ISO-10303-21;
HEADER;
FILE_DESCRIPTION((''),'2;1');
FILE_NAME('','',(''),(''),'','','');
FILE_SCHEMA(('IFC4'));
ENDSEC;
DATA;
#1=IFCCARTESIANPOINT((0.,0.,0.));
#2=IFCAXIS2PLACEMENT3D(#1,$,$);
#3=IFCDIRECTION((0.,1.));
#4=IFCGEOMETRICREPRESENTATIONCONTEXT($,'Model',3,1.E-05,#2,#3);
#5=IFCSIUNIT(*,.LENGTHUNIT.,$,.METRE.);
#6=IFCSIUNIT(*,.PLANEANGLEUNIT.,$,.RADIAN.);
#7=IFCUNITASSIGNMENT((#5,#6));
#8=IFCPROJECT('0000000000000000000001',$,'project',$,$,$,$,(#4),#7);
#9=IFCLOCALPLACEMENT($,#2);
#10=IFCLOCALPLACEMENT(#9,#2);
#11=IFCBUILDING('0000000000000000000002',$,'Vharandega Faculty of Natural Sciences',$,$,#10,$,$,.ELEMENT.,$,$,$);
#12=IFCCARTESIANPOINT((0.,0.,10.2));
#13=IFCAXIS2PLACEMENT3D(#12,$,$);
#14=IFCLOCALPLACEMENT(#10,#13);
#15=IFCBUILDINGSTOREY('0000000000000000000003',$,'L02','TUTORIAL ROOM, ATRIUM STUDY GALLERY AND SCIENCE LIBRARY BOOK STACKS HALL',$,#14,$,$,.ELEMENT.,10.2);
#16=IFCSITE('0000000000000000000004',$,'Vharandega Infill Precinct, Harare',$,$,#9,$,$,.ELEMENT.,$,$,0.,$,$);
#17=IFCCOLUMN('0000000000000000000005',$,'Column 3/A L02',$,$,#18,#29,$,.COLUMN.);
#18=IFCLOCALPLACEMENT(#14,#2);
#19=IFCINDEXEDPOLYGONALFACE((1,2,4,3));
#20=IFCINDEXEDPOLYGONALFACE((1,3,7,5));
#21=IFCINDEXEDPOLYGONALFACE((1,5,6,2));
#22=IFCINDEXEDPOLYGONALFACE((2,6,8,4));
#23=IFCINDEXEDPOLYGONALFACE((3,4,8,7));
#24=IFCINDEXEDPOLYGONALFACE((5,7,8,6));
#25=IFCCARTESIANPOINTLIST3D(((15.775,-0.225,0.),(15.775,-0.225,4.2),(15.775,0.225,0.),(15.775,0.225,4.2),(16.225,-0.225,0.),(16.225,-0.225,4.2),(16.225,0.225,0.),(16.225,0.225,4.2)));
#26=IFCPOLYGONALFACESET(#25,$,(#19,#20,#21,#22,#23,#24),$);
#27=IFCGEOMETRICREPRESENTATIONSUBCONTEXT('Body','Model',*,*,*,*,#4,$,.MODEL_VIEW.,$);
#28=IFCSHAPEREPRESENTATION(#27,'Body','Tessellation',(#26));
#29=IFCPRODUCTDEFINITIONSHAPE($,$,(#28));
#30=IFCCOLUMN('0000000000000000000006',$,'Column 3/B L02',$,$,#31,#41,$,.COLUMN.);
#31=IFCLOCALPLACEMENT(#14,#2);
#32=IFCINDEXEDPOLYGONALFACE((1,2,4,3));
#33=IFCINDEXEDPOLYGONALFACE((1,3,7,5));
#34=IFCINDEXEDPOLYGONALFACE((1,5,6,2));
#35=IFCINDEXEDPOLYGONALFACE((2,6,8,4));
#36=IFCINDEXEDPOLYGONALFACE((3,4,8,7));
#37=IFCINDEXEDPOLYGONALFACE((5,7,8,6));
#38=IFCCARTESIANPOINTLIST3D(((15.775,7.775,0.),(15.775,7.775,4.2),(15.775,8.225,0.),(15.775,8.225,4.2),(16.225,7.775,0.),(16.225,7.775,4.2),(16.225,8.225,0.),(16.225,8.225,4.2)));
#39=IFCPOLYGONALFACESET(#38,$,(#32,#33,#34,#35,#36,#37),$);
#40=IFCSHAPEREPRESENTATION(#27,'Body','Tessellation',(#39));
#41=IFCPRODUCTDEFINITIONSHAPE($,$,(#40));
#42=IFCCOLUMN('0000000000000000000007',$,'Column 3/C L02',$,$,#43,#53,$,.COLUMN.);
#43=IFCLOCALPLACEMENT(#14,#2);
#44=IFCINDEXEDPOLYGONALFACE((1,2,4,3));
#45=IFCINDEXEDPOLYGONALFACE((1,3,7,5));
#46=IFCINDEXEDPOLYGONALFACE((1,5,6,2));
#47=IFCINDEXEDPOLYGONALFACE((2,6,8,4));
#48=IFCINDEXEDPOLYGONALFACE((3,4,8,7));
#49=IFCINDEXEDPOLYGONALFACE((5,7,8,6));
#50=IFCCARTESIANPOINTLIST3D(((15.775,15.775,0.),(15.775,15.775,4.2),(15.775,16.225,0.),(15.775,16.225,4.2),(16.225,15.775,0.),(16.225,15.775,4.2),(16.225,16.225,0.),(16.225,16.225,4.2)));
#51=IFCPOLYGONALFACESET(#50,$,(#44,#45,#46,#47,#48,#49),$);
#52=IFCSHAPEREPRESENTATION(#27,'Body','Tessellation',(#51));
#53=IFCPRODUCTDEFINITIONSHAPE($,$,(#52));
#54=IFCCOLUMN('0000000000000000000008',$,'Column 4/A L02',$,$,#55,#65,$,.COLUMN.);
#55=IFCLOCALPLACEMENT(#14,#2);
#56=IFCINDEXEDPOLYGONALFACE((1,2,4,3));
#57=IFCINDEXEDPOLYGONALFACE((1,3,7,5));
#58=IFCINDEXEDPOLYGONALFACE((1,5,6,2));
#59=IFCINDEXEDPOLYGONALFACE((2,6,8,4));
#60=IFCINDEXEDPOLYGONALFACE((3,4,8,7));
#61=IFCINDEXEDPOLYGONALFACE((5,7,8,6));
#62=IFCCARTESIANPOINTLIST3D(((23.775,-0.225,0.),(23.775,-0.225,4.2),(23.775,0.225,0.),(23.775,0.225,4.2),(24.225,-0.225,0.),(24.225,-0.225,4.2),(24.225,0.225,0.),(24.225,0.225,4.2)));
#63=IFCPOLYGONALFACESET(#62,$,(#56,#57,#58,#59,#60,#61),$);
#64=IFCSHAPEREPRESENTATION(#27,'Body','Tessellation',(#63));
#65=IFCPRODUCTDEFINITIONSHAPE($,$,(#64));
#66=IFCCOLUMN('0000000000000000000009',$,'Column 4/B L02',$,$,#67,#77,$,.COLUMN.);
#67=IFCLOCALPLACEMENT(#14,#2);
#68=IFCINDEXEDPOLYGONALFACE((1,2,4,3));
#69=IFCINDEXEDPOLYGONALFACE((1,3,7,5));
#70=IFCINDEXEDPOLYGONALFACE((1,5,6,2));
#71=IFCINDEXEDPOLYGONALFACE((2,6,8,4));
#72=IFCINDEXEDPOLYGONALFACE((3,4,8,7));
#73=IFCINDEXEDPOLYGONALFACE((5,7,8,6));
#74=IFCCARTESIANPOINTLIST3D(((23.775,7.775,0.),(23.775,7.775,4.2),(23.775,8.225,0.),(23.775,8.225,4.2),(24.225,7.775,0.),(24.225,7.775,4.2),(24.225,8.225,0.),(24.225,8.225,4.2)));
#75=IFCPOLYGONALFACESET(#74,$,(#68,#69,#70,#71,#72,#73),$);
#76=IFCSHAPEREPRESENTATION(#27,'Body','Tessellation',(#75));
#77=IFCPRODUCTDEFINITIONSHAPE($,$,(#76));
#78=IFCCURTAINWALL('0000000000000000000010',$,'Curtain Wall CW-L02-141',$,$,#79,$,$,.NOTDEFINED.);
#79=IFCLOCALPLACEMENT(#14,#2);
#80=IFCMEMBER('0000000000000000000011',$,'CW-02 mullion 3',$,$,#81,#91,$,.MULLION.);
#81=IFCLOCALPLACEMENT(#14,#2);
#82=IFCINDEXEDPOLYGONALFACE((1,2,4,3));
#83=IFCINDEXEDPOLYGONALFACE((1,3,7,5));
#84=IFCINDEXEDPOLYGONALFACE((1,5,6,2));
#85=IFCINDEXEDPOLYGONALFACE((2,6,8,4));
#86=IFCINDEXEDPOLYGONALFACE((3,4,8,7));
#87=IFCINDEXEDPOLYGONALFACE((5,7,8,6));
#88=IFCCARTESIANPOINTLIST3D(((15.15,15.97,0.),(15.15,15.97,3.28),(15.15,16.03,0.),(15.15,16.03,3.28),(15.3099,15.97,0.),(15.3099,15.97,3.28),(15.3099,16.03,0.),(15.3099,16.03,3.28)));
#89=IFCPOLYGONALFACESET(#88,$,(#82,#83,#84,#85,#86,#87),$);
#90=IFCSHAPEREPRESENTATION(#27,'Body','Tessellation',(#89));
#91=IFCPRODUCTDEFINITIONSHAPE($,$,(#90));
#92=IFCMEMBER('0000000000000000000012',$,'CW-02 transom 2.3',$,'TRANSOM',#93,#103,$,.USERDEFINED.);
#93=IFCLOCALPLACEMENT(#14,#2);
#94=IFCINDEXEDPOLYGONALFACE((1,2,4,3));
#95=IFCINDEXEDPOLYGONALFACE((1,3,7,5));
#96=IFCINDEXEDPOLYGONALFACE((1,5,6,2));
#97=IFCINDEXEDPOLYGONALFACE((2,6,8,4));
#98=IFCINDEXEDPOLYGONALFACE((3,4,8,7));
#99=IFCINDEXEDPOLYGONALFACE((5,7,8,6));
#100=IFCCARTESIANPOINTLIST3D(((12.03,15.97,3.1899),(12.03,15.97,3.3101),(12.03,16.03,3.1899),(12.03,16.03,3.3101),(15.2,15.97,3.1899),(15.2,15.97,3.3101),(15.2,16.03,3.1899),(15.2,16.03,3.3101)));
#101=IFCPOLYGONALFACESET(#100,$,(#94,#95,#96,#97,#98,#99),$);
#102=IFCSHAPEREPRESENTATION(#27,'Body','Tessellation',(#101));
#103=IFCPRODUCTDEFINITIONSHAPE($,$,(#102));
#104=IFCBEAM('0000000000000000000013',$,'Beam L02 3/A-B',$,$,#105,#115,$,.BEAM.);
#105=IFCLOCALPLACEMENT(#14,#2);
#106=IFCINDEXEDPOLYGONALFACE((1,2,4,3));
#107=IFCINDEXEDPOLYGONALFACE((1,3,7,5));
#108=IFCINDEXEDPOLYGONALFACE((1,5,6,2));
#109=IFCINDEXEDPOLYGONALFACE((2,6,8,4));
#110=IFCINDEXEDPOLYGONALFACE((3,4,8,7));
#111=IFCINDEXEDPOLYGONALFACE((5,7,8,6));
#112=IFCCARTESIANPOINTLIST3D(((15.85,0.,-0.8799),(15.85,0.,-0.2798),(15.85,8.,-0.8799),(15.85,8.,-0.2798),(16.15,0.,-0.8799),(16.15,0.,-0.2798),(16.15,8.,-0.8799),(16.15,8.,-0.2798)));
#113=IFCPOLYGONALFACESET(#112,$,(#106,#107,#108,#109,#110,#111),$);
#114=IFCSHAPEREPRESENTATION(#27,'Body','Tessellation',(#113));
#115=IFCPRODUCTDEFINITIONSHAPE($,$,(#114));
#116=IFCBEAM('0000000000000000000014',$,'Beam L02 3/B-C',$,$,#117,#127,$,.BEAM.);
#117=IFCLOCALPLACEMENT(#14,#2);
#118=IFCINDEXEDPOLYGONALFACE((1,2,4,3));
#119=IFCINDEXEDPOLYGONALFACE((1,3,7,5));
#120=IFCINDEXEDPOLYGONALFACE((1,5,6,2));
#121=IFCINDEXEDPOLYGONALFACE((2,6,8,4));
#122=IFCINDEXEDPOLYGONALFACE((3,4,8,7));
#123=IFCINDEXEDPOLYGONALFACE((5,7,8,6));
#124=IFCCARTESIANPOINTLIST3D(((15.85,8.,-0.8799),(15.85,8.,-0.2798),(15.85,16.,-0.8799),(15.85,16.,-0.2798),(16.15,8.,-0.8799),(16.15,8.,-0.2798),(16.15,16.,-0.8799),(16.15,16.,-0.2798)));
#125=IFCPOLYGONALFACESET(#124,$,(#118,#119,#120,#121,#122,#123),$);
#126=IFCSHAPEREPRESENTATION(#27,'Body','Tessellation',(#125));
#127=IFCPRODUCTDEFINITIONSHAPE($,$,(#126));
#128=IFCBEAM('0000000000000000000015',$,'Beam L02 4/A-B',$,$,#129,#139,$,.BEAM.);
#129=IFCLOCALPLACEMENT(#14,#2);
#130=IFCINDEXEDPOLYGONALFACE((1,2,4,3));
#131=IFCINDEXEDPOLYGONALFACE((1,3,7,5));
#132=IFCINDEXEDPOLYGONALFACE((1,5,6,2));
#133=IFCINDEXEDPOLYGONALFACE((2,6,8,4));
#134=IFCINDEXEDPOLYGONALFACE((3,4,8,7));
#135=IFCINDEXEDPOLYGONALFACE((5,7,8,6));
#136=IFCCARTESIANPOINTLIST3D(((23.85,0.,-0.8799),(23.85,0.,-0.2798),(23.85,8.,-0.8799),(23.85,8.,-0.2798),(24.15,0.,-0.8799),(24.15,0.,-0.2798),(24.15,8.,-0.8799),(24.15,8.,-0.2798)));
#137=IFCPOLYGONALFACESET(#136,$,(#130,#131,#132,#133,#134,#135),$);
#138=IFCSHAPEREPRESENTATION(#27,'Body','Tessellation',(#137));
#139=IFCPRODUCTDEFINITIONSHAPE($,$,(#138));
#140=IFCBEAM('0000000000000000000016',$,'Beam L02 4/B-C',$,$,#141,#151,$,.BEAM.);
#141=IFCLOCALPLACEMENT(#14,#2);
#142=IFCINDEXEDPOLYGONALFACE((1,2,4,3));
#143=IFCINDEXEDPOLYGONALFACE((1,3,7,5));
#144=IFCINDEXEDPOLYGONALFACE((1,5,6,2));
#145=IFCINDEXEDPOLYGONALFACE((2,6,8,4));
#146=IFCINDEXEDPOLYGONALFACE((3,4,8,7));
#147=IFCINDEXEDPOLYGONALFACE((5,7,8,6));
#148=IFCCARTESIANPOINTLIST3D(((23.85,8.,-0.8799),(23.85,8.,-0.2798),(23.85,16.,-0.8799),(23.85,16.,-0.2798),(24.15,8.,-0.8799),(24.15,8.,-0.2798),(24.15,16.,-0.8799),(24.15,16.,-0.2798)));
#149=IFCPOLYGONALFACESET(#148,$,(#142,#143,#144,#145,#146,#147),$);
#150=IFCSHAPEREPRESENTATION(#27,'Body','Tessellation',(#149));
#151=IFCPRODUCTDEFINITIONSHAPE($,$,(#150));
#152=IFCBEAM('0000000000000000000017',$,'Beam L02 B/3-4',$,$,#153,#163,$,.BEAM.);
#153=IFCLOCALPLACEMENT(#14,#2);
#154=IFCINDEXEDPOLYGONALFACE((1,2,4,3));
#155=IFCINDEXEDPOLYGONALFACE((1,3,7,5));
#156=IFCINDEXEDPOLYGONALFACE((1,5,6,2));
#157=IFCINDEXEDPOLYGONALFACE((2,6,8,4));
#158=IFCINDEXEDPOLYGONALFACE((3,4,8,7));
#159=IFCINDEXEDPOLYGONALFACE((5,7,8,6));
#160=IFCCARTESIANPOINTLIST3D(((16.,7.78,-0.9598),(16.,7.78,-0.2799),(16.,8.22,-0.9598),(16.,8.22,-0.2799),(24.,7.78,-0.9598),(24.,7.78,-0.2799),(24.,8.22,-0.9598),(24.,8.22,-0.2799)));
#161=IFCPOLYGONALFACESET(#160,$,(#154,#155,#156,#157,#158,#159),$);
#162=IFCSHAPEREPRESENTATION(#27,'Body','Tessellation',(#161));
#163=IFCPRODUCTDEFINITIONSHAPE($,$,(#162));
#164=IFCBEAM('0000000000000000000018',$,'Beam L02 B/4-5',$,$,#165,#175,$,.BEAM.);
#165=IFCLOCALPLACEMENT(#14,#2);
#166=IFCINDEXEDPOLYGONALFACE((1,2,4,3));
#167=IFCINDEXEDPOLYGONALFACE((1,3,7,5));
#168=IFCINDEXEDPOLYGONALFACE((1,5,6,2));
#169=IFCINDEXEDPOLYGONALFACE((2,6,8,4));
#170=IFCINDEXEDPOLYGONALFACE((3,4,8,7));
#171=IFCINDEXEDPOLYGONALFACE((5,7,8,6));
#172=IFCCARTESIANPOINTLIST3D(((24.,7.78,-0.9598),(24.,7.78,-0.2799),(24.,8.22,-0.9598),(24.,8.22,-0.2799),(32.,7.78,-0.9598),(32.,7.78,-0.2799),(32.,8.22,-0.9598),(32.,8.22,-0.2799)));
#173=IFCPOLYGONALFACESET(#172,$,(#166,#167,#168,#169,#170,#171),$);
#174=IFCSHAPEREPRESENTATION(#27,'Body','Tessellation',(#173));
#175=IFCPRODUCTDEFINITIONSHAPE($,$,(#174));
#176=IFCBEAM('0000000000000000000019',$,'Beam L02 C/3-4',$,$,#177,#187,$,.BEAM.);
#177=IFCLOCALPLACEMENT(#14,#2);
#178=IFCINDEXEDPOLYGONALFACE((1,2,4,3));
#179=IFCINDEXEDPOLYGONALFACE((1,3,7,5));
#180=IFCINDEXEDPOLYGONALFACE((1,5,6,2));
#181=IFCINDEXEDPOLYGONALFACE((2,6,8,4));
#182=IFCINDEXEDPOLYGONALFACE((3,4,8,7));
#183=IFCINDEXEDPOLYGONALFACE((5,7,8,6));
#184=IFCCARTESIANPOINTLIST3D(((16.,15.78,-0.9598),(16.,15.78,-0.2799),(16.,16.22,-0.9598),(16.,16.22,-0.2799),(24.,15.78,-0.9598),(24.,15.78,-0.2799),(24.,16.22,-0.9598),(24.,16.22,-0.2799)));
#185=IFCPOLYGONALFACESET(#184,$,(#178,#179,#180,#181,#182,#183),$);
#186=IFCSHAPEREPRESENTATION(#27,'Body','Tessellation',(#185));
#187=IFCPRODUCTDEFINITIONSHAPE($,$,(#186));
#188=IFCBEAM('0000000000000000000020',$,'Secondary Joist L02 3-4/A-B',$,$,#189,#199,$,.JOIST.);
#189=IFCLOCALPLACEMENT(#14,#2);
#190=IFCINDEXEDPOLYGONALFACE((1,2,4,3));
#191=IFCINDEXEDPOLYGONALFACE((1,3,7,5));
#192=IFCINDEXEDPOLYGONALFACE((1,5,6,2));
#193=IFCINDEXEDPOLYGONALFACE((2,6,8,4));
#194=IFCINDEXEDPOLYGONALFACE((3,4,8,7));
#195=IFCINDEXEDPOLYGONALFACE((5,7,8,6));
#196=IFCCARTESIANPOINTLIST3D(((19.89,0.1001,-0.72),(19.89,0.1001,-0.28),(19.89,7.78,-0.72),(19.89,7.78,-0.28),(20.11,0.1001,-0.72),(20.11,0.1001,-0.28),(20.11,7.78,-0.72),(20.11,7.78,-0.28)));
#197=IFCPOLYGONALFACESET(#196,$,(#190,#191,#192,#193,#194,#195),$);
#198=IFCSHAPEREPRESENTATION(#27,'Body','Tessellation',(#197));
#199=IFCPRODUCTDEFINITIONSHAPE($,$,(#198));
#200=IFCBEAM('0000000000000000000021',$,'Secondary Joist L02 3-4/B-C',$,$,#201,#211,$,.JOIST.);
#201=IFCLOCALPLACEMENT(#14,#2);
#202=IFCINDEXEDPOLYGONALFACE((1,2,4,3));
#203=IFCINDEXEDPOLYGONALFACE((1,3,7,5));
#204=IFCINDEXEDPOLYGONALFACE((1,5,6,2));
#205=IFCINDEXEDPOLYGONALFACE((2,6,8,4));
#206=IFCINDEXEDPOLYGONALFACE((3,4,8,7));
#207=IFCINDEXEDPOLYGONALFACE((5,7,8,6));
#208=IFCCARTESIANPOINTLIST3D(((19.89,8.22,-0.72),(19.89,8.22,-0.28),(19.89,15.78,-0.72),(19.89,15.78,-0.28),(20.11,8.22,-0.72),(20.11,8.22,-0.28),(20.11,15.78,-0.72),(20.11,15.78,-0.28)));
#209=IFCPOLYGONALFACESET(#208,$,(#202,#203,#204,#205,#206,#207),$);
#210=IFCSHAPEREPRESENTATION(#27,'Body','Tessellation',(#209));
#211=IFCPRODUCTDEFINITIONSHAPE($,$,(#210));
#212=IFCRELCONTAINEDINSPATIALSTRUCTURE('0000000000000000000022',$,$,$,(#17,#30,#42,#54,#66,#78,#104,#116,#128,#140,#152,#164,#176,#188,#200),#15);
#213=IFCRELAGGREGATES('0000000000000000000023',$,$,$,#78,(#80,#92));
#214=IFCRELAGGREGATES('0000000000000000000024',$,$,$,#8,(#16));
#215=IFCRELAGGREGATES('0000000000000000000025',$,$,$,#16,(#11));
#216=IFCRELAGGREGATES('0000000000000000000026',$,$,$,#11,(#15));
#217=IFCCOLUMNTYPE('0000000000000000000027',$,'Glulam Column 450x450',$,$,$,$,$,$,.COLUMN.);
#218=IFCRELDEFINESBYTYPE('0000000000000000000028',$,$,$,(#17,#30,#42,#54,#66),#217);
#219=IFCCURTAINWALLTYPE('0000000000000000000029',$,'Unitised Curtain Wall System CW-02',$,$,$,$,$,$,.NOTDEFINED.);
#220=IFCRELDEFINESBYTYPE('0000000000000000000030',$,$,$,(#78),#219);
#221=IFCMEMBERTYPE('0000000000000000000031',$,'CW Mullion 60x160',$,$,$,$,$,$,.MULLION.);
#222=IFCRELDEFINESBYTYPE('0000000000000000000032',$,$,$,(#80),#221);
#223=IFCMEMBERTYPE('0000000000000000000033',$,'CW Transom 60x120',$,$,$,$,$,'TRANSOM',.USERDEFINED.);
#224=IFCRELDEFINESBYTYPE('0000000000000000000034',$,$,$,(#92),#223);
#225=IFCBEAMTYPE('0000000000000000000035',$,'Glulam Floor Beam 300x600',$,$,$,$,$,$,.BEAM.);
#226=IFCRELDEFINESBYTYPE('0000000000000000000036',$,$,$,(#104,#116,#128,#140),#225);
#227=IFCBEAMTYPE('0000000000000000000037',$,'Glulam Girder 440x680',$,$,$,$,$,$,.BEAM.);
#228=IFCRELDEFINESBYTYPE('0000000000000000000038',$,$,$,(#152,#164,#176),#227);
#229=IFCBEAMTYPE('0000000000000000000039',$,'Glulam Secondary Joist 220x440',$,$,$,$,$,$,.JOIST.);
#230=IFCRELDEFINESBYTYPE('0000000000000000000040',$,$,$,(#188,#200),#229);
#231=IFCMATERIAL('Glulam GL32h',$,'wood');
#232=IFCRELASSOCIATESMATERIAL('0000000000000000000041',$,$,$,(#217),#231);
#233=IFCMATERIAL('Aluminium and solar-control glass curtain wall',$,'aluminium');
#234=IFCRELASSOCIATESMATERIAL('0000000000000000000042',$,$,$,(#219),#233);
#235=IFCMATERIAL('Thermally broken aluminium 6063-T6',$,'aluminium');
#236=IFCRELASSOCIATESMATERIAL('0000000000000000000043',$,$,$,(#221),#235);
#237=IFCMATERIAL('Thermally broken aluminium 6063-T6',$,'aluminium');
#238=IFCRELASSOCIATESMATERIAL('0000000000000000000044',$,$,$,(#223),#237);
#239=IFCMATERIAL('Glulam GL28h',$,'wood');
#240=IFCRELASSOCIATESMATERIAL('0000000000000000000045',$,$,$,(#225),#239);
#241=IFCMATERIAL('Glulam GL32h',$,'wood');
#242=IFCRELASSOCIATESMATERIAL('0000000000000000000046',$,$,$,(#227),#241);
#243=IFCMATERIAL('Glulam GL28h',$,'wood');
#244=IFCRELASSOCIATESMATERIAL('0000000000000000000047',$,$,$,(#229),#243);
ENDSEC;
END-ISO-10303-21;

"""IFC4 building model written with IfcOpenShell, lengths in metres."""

from ifc_helpers import new_model, si_unit, direction, frame, origin, origin_2d, place, context, subcontext, project, spatial, rectangle, extrude, material, material_profile, profile_set, type_object, element, aggregate, save


model = new_model("IFC4")

# Units and contexts
model_context = context("Model", 3, precision=1e-05, world=origin(), true_north=direction((0.0, 1.0)))
body_context = subcontext(model_context, "Body", "Model", "MODEL_VIEW")
ifc_project = project(units=[si_unit("LENGTHUNIT", "METRE"), si_unit("PLANEANGLEUNIT", "RADIAN")], contexts=[model_context])

# Site, building, storey
site_placement = place(None, origin())
site = spatial("IfcSite", under=ifc_project, at=site_placement, Name="Vharandega Infill Precinct, Harare", CompositionType="ELEMENT", RefElevation=0.0)
building_placement = place(site_placement, origin())
building = spatial("IfcBuilding", under=site, at=building_placement, Name="Vharandega Faculty of Natural Sciences", CompositionType="ELEMENT")
storey_placement = place(building_placement, frame((0.0, 0.0, 10.2)))
storey = spatial("IfcBuildingStorey", under=building, at=storey_placement, Name="L02", Description="TUTORIAL ROOM, ATRIUM STUDY GALLERY AND SCIENCE LIBRARY BOOK STACKS HALL", CompositionType="ELEMENT", Elevation=10.2)

# Columns
ifc_material_1 = material(Name="Glulam GL32h", Category="wood")
ifc_material_profile_1 = material_profile(ifc_material_1, rectangle(XDim=0.45, YDim=0.45, at=origin_2d()), Name="GL32h 450x450")
ifc_profile_set_1 = profile_set([ifc_material_profile_1], Name="Glulam GL32h")
column_type = type_object("IfcColumnType", Name="Glulam Column 450x450", PredefinedType="COLUMN", material=ifc_profile_set_1)
for number, where, z_axis, x_axis, name in (
    (1, (16.0, 0.0, 0.0), (0.0, 0.0, 1.0), (1.0, 0.0, 0.0), "Column 3/A L02"),
    (2, (16.0, 8.0, 0.0), (0.0, 0.0, 1.0), (1.0, 0.0, 0.0), "Column 3/B L02"),
    (3, (16.0, 16.0, 0.0), (0.0, 0.0, 1.0), (1.0, 0.0, 0.0), "Column 3/C L02"),
    (4, (24.0, 0.0, 0.0), (0.0, 0.0, 1.0), (1.0, 0.0, 0.0), "Column 4/A L02"),
    (5, (24.0, 8.0, 0.0), (0.0, 0.0, 1.0), (1.0, 0.0, 0.0), "Column 4/B L02"),
):
    element("IfcColumn", number, at=place(storey_placement, frame(where, z_axis=z_axis, x_axis=x_axis)), inside=storey, type_object=column_type, Name=name, PredefinedType="COLUMN", context=body_context, shape_type="SweptSolid", body=[
        extrude(rectangle(XDim=0.45, YDim=0.45, at=origin_2d()), origin(), (0.0, 0.0, 1.0), 4.2),
    ])

# Curtain wall, members
ifc_material_2 = material(Name="Aluminium and solar-control glass curtain wall", Category="aluminium")
curtain_wall_type = type_object("IfcCurtainWallType", Name="Unitised Curtain Wall System CW-02", PredefinedType="NOTDEFINED", material=ifc_material_2)
curtain_wall_placement = place(storey_placement, origin())
curtain_wall = element("IfcCurtainWall", 6, at=curtain_wall_placement, inside=storey, type_object=curtain_wall_type, Name="Curtain Wall CW-L02-141", PredefinedType="NOTDEFINED")
ifc_material_3 = material(Name="Thermally broken aluminium 6063-T6", Category="aluminium")
ifc_material_profile_2 = material_profile(ifc_material_3, rectangle(XDim=0.0601, YDim=0.1599, at=origin_2d()), Name="ALU 60x160")
ifc_profile_set_2 = profile_set([ifc_material_profile_2], Name="Thermally broken aluminium 6063-T6")
member_type_1 = type_object("IfcMemberType", Name="CW Mullion 60x160", PredefinedType="MULLION", material=ifc_profile_set_2)
member_1_placement = place(storey_placement, frame((15.23, 16.0, 0.0), z_axis=(0.0, 0.0, 1.0), x_axis=(0.0, 1.0, 0.0)))
member_1 = element("IfcMember", 7, at=member_1_placement, type_object=member_type_1, Name="CW-02 mullion 3", PredefinedType="MULLION", context=body_context, shape_type="SweptSolid", body=[
    extrude(rectangle(XDim=0.0601, YDim=0.1599, at=origin_2d()), origin(), (0.0, 0.0, 1.0), 3.28),
])
ifc_material_4 = material(Name="Thermally broken aluminium 6063-T6", Category="aluminium")
ifc_material_profile_3 = material_profile(ifc_material_4, rectangle(XDim=0.0601, YDim=0.1201, at=origin_2d()), Name="ALU 60x120")
ifc_profile_set_3 = profile_set([ifc_material_profile_3], Name="Thermally broken aluminium 6063-T6")
member_type_2 = type_object("IfcMemberType", Name="CW Transom 60x120", ElementType="TRANSOM", PredefinedType="USERDEFINED", material=ifc_profile_set_3)
member_2_placement = place(storey_placement, frame((12.03, 16.0, 3.25), z_axis=(1.0, 0.0, 0.0), x_axis=(0.0, 1.0, 0.0)))
member_2 = element("IfcMember", 8, at=member_2_placement, type_object=member_type_2, Name="CW-02 transom 2.3", ObjectType="TRANSOM", PredefinedType="USERDEFINED", context=body_context, shape_type="SweptSolid", body=[
    extrude(rectangle(XDim=0.0601, YDim=0.1201, at=origin_2d()), origin(), (0.0, 0.0, 1.0), 3.1699),
])

# Beams
ifc_material_5 = material(Name="Glulam GL28h", Category="wood")
ifc_material_profile_4 = material_profile(ifc_material_5, rectangle(XDim=0.3, YDim=0.6001, at=origin_2d()), Name="GL28h 300x600")
ifc_profile_set_4 = profile_set([ifc_material_profile_4], Name="Glulam GL28h")
beam_type_1 = type_object("IfcBeamType", Name="Glulam Floor Beam 300x600", PredefinedType="BEAM", material=ifc_profile_set_4)
for number, where, z_axis, x_axis, name in (
    (9, (16.0, 0.0, -0.5798), (0.0, 1.0, 0.0), (-1.0, 0.0, 0.0), "Beam L02 3/A-B"),
    (10, (16.0, 8.0, -0.5798), (0.0, 1.0, 0.0), (-1.0, 0.0, 0.0), "Beam L02 3/B-C"),
    (11, (24.0, 0.0, -0.5798), (0.0, 1.0, 0.0), (-1.0, 0.0, 0.0), "Beam L02 4/A-B"),
    (12, (24.0, 8.0, -0.5798), (0.0, 1.0, 0.0), (-1.0, 0.0, 0.0), "Beam L02 4/B-C"),
):
    element("IfcBeam", number, at=place(storey_placement, frame(where, z_axis=z_axis, x_axis=x_axis)), inside=storey, type_object=beam_type_1, Name=name, PredefinedType="BEAM", context=body_context, shape_type="SweptSolid", body=[
        extrude(rectangle(XDim=0.3, YDim=0.6001, at=origin_2d()), origin(), (0.0, 0.0, 1.0), 8.0),
    ])
ifc_material_6 = material(Name="Glulam GL32h", Category="wood")
ifc_material_profile_5 = material_profile(ifc_material_6, rectangle(XDim=0.4399, YDim=0.6799, at=origin_2d()), Name="GL32h 440x680")
ifc_profile_set_5 = profile_set([ifc_material_profile_5], Name="Glulam GL32h")
beam_type_2 = type_object("IfcBeamType", Name="Glulam Girder 440x680", PredefinedType="BEAM", material=ifc_profile_set_5)
for number, where, z_axis, x_axis, name in (
    (13, (16.0, 8.0, -0.6199), (1.0, 0.0, 0.0), (0.0, 1.0, 0.0), "Beam L02 B/3-4"),
    (14, (24.0, 8.0, -0.6199), (1.0, 0.0, 0.0), (0.0, 1.0, 0.0), "Beam L02 B/4-5"),
    (15, (16.0, 16.0, -0.6199), (1.0, 0.0, 0.0), (0.0, 1.0, 0.0), "Beam L02 C/3-4"),
):
    element("IfcBeam", number, at=place(storey_placement, frame(where, z_axis=z_axis, x_axis=x_axis)), inside=storey, type_object=beam_type_2, Name=name, PredefinedType="BEAM", context=body_context, shape_type="SweptSolid", body=[
        extrude(rectangle(XDim=0.4399, YDim=0.6799, at=origin_2d()), origin(), (0.0, 0.0, 1.0), 8.0),
    ])
ifc_material_7 = material(Name="Glulam GL28h", Category="wood")
ifc_material_profile_6 = material_profile(ifc_material_7, rectangle(XDim=0.22, YDim=0.4399, at=origin_2d()), Name="GL28h 220x440")
ifc_profile_set_6 = profile_set([ifc_material_profile_6], Name="Glulam GL28h")
beam_type_3 = type_object("IfcBeamType", Name="Glulam Secondary Joist 220x440", PredefinedType="JOIST", material=ifc_profile_set_6)
beam_1_placement = place(storey_placement, frame((20.0, 0.1001, -0.5), z_axis=(0.0, 1.0, 0.0), x_axis=(-1.0, 0.0, 0.0)))
element("IfcBeam", 16, at=beam_1_placement, inside=storey, type_object=beam_type_3, Name="Secondary Joist L02 3-4/A-B", PredefinedType="JOIST", context=body_context, shape_type="SweptSolid", body=[
    extrude(rectangle(XDim=0.22, YDim=0.4399, at=origin_2d()), origin(), (0.0, 0.0, 1.0), 7.6799),
])
beam_2_placement = place(storey_placement, frame((20.0, 8.22, -0.5), z_axis=(0.0, 1.0, 0.0), x_axis=(-1.0, 0.0, 0.0)))
element("IfcBeam", 17, at=beam_2_placement, inside=storey, type_object=beam_type_3, Name="Secondary Joist L02 3-4/B-C", PredefinedType="JOIST", context=body_context, shape_type="SweptSolid", body=[
    extrude(rectangle(XDim=0.22, YDim=0.4399, at=origin_2d()), origin(), (0.0, 0.0, 1.0), 7.5601),
])

aggregate(curtain_wall, [member_1, member_2])

save(model, "model.ifc")
